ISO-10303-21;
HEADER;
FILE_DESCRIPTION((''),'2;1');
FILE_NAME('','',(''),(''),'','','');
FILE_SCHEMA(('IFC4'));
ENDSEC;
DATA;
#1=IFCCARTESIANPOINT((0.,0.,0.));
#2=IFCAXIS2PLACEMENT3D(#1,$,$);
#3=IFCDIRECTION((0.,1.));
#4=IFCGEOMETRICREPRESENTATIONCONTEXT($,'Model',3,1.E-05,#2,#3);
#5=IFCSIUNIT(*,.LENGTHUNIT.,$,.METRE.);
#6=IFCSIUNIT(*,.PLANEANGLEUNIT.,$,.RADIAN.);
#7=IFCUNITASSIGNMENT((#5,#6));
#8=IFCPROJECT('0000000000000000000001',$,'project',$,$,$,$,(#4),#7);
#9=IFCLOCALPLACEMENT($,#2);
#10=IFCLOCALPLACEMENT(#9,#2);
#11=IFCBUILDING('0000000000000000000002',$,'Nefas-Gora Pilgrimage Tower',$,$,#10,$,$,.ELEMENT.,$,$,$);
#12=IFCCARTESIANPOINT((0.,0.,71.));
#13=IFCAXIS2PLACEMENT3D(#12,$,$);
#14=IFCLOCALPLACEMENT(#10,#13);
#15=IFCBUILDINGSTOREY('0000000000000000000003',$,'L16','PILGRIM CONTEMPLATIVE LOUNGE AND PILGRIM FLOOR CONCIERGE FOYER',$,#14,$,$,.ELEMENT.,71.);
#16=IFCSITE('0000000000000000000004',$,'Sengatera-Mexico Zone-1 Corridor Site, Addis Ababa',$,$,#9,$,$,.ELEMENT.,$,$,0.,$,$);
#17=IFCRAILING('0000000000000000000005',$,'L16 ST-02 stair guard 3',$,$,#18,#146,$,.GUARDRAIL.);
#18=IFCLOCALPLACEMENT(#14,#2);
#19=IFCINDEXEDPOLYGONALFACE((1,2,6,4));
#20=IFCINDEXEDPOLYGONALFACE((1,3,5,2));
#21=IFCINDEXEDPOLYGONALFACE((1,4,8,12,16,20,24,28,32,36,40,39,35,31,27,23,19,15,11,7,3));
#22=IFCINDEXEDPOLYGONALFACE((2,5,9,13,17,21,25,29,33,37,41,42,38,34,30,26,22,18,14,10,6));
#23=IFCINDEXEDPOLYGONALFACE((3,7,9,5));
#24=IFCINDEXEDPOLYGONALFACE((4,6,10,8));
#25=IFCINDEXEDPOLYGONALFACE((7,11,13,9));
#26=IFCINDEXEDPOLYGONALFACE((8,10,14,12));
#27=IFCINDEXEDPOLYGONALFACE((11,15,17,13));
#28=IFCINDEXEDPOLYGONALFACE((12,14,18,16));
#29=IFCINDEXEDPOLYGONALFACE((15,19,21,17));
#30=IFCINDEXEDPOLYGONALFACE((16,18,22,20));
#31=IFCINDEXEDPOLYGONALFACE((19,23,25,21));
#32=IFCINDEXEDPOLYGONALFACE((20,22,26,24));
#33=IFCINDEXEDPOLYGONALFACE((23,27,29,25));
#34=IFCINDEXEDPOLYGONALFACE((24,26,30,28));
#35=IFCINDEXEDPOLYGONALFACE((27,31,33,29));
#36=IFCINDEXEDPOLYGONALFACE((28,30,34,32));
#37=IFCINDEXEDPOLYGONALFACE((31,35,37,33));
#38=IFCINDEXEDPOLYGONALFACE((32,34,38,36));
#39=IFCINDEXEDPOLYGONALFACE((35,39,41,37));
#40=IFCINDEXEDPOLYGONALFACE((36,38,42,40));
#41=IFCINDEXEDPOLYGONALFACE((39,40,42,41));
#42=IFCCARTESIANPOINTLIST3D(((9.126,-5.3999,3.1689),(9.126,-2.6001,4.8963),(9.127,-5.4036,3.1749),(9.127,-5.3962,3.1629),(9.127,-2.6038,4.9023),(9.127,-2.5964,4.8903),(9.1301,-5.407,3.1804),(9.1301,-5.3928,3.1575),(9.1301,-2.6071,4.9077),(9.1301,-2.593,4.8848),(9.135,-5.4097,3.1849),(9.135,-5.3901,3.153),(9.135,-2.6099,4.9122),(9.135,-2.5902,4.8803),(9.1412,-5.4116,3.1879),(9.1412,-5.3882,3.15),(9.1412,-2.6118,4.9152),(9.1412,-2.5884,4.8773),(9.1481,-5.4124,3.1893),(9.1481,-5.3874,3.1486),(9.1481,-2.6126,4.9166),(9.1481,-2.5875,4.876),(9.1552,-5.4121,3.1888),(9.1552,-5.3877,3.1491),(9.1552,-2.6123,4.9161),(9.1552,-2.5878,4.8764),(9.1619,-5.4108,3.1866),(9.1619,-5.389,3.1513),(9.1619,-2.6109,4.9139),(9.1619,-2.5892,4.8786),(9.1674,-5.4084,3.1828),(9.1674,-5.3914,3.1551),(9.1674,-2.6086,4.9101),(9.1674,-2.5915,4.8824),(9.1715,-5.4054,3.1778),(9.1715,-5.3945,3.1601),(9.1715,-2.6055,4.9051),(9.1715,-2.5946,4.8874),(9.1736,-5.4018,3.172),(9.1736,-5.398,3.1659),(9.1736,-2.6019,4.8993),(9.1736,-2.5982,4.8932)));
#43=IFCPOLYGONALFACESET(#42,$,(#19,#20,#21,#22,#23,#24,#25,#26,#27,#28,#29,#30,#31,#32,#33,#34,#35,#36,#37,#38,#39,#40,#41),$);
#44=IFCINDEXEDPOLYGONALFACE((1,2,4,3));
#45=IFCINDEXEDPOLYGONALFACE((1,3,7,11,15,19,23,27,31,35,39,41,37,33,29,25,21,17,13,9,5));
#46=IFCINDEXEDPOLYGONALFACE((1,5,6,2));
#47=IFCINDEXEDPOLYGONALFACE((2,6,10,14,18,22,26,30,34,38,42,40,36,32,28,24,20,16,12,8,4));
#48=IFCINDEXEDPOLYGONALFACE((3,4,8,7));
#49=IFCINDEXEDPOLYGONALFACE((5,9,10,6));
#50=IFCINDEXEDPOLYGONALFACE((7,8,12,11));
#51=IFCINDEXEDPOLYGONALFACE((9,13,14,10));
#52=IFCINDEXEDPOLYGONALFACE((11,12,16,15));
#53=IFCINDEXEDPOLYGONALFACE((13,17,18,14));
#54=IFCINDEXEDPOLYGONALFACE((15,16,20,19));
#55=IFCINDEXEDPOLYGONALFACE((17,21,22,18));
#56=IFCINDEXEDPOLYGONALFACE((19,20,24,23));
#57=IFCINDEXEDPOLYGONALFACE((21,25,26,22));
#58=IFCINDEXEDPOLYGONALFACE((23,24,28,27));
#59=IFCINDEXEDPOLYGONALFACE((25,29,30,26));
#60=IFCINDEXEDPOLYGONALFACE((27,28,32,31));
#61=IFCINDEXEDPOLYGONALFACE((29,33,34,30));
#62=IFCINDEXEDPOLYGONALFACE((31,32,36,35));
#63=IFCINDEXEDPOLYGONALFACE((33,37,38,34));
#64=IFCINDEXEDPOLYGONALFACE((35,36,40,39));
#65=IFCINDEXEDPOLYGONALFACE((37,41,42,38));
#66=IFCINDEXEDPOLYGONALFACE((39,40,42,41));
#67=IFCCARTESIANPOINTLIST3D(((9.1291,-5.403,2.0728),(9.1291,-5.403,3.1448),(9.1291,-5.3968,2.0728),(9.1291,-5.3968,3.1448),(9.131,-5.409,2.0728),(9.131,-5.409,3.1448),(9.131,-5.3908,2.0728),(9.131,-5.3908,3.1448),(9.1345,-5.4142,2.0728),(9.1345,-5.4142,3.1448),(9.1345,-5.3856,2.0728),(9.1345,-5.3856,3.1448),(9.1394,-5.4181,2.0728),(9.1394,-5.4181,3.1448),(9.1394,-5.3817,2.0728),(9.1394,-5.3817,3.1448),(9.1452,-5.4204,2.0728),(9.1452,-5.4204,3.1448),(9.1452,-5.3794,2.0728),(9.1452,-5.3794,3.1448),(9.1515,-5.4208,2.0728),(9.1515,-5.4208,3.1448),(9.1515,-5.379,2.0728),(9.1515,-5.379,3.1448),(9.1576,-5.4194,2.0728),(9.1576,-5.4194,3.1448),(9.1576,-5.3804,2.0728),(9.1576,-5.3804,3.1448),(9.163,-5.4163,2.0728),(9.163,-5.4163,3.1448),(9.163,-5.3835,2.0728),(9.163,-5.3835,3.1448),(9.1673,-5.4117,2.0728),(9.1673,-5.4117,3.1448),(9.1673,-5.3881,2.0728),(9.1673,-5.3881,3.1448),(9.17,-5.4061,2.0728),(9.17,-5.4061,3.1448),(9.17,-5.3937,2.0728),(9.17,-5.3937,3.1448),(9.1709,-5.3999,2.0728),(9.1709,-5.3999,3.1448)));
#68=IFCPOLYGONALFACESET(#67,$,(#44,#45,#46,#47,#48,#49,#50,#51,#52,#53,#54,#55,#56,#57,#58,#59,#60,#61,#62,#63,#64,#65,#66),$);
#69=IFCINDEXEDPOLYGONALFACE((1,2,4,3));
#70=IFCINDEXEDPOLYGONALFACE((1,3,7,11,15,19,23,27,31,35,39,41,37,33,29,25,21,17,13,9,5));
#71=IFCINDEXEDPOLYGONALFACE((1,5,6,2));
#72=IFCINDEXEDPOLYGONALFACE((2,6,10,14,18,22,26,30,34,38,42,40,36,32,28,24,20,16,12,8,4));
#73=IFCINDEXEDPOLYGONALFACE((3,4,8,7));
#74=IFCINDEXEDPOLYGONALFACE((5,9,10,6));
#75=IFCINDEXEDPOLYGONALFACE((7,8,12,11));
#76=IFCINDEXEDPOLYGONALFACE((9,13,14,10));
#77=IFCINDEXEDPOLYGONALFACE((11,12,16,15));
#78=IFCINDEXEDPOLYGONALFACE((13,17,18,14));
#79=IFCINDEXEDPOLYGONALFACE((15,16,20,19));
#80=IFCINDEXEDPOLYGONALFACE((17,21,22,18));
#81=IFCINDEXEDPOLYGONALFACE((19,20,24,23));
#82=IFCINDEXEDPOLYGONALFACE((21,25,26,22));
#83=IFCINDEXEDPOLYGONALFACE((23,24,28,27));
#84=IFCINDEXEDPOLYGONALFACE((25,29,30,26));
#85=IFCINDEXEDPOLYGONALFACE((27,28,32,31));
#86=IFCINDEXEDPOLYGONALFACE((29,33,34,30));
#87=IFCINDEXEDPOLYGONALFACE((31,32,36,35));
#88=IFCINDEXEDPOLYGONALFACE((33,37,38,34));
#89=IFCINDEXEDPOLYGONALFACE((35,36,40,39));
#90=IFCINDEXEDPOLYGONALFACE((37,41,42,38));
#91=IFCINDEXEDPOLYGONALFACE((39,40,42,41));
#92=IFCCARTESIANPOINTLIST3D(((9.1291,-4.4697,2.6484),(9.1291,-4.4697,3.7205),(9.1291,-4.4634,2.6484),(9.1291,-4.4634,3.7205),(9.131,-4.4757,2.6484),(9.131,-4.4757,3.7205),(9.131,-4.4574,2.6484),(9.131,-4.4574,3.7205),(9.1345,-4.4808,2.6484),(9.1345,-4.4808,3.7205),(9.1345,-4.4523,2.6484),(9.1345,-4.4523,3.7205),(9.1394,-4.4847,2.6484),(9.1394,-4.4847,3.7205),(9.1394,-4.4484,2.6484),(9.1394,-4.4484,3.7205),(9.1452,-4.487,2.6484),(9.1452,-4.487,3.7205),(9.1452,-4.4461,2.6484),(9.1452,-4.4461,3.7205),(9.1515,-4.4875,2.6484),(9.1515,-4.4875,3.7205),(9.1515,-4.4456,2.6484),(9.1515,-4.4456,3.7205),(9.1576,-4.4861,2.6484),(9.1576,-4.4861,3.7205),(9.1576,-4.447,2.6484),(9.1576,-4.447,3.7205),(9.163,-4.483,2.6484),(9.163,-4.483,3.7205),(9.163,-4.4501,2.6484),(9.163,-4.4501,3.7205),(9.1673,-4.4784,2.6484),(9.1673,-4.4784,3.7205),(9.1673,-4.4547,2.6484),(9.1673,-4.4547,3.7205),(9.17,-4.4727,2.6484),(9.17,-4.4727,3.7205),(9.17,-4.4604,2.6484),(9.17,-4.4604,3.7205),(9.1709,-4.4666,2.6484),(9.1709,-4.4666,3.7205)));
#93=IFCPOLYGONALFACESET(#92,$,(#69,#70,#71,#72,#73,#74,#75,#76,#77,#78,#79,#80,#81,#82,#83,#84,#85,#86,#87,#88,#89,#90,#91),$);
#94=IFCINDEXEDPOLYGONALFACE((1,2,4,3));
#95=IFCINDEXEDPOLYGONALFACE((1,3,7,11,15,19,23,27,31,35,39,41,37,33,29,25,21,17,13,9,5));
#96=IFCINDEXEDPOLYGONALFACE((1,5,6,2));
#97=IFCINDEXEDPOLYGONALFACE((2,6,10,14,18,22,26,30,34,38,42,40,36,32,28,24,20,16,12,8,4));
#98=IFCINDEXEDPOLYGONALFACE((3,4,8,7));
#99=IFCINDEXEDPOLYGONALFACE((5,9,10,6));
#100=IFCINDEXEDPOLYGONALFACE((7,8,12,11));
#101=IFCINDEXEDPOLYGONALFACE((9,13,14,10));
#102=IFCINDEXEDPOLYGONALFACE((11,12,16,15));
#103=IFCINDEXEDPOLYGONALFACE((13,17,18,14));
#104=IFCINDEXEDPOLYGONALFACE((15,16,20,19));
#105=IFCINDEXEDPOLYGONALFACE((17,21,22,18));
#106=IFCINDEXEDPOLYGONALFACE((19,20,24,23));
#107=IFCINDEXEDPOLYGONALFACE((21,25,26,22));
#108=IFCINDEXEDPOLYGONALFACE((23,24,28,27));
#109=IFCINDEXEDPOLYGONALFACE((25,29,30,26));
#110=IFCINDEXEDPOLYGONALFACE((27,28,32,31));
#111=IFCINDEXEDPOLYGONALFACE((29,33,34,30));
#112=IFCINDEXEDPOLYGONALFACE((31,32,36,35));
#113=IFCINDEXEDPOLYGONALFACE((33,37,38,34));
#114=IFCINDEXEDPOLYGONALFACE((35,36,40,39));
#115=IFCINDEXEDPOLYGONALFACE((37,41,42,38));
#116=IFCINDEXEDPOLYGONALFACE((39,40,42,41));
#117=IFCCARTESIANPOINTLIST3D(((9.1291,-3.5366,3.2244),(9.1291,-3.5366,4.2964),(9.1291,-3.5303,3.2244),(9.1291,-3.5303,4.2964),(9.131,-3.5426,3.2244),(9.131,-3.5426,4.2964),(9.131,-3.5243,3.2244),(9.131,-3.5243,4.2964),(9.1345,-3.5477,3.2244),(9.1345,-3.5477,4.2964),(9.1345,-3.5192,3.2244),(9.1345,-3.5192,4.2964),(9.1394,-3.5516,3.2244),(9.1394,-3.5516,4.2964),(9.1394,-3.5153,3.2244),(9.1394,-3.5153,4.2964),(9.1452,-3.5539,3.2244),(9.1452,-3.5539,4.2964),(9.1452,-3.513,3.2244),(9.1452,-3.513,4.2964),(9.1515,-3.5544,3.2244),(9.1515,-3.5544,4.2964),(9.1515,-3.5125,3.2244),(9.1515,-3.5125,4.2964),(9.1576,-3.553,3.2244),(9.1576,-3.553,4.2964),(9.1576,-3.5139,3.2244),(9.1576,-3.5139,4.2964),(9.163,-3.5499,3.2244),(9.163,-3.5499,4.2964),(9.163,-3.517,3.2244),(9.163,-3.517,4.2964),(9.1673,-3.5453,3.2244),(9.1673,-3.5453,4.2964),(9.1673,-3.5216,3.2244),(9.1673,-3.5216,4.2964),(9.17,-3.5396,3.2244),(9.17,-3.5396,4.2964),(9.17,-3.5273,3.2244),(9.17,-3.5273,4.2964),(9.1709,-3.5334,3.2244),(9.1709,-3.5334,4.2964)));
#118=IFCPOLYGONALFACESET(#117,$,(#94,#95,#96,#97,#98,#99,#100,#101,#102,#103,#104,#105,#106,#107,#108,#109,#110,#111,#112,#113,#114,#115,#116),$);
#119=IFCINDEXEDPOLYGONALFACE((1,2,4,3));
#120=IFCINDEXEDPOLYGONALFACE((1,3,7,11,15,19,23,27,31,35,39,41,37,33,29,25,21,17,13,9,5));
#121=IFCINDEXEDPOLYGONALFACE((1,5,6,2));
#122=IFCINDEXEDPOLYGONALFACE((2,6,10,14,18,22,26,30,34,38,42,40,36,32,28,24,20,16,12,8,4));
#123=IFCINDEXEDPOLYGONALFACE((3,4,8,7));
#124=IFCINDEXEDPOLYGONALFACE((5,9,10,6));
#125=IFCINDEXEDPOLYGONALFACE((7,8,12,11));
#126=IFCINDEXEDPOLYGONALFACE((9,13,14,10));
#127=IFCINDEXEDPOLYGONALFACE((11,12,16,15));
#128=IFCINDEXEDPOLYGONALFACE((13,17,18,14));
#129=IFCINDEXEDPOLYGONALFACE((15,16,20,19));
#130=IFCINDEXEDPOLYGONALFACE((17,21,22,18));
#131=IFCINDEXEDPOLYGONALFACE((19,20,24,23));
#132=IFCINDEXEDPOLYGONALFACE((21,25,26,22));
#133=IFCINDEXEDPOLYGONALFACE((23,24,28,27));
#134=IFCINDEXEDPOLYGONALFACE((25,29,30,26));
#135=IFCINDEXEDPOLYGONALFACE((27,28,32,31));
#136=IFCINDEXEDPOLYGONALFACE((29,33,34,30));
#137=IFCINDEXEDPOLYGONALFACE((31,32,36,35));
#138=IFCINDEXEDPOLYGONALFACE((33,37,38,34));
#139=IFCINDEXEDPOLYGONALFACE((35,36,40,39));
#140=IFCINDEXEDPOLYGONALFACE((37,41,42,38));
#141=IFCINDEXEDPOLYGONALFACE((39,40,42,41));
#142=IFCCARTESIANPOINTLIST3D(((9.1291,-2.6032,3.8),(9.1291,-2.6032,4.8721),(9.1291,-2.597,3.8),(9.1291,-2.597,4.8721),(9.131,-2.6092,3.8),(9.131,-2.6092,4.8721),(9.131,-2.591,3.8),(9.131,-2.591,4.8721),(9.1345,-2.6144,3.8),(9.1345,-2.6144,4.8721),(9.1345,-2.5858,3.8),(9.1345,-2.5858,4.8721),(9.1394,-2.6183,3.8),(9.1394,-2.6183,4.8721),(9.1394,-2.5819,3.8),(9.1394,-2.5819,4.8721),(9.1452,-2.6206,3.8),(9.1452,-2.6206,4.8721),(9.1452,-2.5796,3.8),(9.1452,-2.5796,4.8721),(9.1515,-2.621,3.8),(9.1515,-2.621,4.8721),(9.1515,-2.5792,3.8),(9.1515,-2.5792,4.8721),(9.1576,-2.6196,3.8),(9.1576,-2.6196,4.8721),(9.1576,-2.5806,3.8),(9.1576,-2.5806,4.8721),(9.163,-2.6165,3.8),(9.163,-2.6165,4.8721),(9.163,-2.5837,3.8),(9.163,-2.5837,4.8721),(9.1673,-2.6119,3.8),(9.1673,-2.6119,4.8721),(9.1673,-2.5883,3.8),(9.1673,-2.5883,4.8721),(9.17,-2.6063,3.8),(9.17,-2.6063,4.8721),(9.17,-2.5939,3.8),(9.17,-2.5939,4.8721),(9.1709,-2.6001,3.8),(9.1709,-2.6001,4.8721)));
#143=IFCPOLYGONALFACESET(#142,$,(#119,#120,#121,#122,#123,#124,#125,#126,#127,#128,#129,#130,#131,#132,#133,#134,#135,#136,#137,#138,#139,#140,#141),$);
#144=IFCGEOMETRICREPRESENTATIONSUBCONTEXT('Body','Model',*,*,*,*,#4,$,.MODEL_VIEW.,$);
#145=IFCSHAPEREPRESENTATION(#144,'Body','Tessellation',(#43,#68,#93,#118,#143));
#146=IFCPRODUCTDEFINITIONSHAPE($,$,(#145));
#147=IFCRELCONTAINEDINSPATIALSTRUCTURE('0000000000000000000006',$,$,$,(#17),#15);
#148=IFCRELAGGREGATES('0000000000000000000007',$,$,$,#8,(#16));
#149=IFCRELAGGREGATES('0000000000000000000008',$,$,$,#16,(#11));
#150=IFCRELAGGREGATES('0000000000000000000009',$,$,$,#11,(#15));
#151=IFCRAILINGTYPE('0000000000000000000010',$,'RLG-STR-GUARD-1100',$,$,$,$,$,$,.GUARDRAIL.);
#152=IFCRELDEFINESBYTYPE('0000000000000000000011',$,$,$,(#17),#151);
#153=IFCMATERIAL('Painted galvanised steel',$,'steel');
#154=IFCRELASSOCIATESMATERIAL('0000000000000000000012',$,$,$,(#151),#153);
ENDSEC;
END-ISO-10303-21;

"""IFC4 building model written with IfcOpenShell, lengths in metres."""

from ifc_helpers import new_model, si_unit, direction, frame, origin, origin_2d, place, context, subcontext, project, spatial, circle, extrude, material, type_object, element, save


model = new_model("IFC4")

# Units and contexts
model_context = context("Model", 3, precision=1e-05, world=origin(), true_north=direction((0.0, 1.0)))
body_context = subcontext(model_context, "Body", "Model", "MODEL_VIEW")
ifc_project = project(units=[si_unit("LENGTHUNIT", "METRE"), si_unit("PLANEANGLEUNIT", "RADIAN")], contexts=[model_context])

# Site, building, storey
site_placement = place(None, origin())
site = spatial("IfcSite", under=ifc_project, at=site_placement, Name="Sengatera-Mexico Zone-1 Corridor Site, Addis Ababa", CompositionType="ELEMENT", RefElevation=0.0)
building_placement = place(site_placement, origin())
building = spatial("IfcBuilding", under=site, at=building_placement, Name="Nefas-Gora Pilgrimage Tower", CompositionType="ELEMENT")
storey_placement = place(building_placement, frame((0.0, 0.0, 71.0)))
storey = spatial("IfcBuildingStorey", under=building, at=storey_placement, Name="L16", Description="PILGRIM CONTEMPLATIVE LOUNGE AND PILGRIM FLOOR CONCIERGE FOYER", CompositionType="ELEMENT", Elevation=71.0)

# Railing
ifc_material_1 = material(Name="Painted galvanised steel", Category="steel")
railing_type_1 = type_object("IfcRailingType", Name="RLG-STR-GUARD-1100", PredefinedType="GUARDRAIL", material=ifc_material_1)
railing_1_placement = place(storey_placement, frame((9.1499, -5.3999, 2.0728)))
element("IfcRailing", 1, at=railing_1_placement, inside=storey, type_object=railing_type_1, Name="L16 ST-02 stair guard 3", PredefinedType="GUARDRAIL", context=body_context, shape_type="SweptSolid", body=[
    extrude(circle(Radius=0.0239, at=origin_2d()), frame((0.0, 0.0, 1.0962), z_axis=(0.0, 0.851069, 0.525054), x_axis=(-1.0, 0.0, 0.0)), (0.0, 0.0, 1.0), 3.2898),
    extrude(circle(Radius=0.021, at=origin_2d()), origin(), (0.0, 0.0, 1.0), 1.072),
    extrude(circle(Radius=0.021, at=origin_2d()), frame((0.0, 0.9333, 0.5757)), (0.0, 0.0, 1.0), 1.072),
    extrude(circle(Radius=0.021, at=origin_2d()), frame((0.0, 1.8665, 1.1516)), (0.0, 0.0, 1.0), 1.072),
    extrude(circle(Radius=0.021, at=origin_2d()), frame((0.0, 2.7998, 1.7273)), (0.0, 0.0, 1.0), 1.072),
])

save(model, "model.ifc")
